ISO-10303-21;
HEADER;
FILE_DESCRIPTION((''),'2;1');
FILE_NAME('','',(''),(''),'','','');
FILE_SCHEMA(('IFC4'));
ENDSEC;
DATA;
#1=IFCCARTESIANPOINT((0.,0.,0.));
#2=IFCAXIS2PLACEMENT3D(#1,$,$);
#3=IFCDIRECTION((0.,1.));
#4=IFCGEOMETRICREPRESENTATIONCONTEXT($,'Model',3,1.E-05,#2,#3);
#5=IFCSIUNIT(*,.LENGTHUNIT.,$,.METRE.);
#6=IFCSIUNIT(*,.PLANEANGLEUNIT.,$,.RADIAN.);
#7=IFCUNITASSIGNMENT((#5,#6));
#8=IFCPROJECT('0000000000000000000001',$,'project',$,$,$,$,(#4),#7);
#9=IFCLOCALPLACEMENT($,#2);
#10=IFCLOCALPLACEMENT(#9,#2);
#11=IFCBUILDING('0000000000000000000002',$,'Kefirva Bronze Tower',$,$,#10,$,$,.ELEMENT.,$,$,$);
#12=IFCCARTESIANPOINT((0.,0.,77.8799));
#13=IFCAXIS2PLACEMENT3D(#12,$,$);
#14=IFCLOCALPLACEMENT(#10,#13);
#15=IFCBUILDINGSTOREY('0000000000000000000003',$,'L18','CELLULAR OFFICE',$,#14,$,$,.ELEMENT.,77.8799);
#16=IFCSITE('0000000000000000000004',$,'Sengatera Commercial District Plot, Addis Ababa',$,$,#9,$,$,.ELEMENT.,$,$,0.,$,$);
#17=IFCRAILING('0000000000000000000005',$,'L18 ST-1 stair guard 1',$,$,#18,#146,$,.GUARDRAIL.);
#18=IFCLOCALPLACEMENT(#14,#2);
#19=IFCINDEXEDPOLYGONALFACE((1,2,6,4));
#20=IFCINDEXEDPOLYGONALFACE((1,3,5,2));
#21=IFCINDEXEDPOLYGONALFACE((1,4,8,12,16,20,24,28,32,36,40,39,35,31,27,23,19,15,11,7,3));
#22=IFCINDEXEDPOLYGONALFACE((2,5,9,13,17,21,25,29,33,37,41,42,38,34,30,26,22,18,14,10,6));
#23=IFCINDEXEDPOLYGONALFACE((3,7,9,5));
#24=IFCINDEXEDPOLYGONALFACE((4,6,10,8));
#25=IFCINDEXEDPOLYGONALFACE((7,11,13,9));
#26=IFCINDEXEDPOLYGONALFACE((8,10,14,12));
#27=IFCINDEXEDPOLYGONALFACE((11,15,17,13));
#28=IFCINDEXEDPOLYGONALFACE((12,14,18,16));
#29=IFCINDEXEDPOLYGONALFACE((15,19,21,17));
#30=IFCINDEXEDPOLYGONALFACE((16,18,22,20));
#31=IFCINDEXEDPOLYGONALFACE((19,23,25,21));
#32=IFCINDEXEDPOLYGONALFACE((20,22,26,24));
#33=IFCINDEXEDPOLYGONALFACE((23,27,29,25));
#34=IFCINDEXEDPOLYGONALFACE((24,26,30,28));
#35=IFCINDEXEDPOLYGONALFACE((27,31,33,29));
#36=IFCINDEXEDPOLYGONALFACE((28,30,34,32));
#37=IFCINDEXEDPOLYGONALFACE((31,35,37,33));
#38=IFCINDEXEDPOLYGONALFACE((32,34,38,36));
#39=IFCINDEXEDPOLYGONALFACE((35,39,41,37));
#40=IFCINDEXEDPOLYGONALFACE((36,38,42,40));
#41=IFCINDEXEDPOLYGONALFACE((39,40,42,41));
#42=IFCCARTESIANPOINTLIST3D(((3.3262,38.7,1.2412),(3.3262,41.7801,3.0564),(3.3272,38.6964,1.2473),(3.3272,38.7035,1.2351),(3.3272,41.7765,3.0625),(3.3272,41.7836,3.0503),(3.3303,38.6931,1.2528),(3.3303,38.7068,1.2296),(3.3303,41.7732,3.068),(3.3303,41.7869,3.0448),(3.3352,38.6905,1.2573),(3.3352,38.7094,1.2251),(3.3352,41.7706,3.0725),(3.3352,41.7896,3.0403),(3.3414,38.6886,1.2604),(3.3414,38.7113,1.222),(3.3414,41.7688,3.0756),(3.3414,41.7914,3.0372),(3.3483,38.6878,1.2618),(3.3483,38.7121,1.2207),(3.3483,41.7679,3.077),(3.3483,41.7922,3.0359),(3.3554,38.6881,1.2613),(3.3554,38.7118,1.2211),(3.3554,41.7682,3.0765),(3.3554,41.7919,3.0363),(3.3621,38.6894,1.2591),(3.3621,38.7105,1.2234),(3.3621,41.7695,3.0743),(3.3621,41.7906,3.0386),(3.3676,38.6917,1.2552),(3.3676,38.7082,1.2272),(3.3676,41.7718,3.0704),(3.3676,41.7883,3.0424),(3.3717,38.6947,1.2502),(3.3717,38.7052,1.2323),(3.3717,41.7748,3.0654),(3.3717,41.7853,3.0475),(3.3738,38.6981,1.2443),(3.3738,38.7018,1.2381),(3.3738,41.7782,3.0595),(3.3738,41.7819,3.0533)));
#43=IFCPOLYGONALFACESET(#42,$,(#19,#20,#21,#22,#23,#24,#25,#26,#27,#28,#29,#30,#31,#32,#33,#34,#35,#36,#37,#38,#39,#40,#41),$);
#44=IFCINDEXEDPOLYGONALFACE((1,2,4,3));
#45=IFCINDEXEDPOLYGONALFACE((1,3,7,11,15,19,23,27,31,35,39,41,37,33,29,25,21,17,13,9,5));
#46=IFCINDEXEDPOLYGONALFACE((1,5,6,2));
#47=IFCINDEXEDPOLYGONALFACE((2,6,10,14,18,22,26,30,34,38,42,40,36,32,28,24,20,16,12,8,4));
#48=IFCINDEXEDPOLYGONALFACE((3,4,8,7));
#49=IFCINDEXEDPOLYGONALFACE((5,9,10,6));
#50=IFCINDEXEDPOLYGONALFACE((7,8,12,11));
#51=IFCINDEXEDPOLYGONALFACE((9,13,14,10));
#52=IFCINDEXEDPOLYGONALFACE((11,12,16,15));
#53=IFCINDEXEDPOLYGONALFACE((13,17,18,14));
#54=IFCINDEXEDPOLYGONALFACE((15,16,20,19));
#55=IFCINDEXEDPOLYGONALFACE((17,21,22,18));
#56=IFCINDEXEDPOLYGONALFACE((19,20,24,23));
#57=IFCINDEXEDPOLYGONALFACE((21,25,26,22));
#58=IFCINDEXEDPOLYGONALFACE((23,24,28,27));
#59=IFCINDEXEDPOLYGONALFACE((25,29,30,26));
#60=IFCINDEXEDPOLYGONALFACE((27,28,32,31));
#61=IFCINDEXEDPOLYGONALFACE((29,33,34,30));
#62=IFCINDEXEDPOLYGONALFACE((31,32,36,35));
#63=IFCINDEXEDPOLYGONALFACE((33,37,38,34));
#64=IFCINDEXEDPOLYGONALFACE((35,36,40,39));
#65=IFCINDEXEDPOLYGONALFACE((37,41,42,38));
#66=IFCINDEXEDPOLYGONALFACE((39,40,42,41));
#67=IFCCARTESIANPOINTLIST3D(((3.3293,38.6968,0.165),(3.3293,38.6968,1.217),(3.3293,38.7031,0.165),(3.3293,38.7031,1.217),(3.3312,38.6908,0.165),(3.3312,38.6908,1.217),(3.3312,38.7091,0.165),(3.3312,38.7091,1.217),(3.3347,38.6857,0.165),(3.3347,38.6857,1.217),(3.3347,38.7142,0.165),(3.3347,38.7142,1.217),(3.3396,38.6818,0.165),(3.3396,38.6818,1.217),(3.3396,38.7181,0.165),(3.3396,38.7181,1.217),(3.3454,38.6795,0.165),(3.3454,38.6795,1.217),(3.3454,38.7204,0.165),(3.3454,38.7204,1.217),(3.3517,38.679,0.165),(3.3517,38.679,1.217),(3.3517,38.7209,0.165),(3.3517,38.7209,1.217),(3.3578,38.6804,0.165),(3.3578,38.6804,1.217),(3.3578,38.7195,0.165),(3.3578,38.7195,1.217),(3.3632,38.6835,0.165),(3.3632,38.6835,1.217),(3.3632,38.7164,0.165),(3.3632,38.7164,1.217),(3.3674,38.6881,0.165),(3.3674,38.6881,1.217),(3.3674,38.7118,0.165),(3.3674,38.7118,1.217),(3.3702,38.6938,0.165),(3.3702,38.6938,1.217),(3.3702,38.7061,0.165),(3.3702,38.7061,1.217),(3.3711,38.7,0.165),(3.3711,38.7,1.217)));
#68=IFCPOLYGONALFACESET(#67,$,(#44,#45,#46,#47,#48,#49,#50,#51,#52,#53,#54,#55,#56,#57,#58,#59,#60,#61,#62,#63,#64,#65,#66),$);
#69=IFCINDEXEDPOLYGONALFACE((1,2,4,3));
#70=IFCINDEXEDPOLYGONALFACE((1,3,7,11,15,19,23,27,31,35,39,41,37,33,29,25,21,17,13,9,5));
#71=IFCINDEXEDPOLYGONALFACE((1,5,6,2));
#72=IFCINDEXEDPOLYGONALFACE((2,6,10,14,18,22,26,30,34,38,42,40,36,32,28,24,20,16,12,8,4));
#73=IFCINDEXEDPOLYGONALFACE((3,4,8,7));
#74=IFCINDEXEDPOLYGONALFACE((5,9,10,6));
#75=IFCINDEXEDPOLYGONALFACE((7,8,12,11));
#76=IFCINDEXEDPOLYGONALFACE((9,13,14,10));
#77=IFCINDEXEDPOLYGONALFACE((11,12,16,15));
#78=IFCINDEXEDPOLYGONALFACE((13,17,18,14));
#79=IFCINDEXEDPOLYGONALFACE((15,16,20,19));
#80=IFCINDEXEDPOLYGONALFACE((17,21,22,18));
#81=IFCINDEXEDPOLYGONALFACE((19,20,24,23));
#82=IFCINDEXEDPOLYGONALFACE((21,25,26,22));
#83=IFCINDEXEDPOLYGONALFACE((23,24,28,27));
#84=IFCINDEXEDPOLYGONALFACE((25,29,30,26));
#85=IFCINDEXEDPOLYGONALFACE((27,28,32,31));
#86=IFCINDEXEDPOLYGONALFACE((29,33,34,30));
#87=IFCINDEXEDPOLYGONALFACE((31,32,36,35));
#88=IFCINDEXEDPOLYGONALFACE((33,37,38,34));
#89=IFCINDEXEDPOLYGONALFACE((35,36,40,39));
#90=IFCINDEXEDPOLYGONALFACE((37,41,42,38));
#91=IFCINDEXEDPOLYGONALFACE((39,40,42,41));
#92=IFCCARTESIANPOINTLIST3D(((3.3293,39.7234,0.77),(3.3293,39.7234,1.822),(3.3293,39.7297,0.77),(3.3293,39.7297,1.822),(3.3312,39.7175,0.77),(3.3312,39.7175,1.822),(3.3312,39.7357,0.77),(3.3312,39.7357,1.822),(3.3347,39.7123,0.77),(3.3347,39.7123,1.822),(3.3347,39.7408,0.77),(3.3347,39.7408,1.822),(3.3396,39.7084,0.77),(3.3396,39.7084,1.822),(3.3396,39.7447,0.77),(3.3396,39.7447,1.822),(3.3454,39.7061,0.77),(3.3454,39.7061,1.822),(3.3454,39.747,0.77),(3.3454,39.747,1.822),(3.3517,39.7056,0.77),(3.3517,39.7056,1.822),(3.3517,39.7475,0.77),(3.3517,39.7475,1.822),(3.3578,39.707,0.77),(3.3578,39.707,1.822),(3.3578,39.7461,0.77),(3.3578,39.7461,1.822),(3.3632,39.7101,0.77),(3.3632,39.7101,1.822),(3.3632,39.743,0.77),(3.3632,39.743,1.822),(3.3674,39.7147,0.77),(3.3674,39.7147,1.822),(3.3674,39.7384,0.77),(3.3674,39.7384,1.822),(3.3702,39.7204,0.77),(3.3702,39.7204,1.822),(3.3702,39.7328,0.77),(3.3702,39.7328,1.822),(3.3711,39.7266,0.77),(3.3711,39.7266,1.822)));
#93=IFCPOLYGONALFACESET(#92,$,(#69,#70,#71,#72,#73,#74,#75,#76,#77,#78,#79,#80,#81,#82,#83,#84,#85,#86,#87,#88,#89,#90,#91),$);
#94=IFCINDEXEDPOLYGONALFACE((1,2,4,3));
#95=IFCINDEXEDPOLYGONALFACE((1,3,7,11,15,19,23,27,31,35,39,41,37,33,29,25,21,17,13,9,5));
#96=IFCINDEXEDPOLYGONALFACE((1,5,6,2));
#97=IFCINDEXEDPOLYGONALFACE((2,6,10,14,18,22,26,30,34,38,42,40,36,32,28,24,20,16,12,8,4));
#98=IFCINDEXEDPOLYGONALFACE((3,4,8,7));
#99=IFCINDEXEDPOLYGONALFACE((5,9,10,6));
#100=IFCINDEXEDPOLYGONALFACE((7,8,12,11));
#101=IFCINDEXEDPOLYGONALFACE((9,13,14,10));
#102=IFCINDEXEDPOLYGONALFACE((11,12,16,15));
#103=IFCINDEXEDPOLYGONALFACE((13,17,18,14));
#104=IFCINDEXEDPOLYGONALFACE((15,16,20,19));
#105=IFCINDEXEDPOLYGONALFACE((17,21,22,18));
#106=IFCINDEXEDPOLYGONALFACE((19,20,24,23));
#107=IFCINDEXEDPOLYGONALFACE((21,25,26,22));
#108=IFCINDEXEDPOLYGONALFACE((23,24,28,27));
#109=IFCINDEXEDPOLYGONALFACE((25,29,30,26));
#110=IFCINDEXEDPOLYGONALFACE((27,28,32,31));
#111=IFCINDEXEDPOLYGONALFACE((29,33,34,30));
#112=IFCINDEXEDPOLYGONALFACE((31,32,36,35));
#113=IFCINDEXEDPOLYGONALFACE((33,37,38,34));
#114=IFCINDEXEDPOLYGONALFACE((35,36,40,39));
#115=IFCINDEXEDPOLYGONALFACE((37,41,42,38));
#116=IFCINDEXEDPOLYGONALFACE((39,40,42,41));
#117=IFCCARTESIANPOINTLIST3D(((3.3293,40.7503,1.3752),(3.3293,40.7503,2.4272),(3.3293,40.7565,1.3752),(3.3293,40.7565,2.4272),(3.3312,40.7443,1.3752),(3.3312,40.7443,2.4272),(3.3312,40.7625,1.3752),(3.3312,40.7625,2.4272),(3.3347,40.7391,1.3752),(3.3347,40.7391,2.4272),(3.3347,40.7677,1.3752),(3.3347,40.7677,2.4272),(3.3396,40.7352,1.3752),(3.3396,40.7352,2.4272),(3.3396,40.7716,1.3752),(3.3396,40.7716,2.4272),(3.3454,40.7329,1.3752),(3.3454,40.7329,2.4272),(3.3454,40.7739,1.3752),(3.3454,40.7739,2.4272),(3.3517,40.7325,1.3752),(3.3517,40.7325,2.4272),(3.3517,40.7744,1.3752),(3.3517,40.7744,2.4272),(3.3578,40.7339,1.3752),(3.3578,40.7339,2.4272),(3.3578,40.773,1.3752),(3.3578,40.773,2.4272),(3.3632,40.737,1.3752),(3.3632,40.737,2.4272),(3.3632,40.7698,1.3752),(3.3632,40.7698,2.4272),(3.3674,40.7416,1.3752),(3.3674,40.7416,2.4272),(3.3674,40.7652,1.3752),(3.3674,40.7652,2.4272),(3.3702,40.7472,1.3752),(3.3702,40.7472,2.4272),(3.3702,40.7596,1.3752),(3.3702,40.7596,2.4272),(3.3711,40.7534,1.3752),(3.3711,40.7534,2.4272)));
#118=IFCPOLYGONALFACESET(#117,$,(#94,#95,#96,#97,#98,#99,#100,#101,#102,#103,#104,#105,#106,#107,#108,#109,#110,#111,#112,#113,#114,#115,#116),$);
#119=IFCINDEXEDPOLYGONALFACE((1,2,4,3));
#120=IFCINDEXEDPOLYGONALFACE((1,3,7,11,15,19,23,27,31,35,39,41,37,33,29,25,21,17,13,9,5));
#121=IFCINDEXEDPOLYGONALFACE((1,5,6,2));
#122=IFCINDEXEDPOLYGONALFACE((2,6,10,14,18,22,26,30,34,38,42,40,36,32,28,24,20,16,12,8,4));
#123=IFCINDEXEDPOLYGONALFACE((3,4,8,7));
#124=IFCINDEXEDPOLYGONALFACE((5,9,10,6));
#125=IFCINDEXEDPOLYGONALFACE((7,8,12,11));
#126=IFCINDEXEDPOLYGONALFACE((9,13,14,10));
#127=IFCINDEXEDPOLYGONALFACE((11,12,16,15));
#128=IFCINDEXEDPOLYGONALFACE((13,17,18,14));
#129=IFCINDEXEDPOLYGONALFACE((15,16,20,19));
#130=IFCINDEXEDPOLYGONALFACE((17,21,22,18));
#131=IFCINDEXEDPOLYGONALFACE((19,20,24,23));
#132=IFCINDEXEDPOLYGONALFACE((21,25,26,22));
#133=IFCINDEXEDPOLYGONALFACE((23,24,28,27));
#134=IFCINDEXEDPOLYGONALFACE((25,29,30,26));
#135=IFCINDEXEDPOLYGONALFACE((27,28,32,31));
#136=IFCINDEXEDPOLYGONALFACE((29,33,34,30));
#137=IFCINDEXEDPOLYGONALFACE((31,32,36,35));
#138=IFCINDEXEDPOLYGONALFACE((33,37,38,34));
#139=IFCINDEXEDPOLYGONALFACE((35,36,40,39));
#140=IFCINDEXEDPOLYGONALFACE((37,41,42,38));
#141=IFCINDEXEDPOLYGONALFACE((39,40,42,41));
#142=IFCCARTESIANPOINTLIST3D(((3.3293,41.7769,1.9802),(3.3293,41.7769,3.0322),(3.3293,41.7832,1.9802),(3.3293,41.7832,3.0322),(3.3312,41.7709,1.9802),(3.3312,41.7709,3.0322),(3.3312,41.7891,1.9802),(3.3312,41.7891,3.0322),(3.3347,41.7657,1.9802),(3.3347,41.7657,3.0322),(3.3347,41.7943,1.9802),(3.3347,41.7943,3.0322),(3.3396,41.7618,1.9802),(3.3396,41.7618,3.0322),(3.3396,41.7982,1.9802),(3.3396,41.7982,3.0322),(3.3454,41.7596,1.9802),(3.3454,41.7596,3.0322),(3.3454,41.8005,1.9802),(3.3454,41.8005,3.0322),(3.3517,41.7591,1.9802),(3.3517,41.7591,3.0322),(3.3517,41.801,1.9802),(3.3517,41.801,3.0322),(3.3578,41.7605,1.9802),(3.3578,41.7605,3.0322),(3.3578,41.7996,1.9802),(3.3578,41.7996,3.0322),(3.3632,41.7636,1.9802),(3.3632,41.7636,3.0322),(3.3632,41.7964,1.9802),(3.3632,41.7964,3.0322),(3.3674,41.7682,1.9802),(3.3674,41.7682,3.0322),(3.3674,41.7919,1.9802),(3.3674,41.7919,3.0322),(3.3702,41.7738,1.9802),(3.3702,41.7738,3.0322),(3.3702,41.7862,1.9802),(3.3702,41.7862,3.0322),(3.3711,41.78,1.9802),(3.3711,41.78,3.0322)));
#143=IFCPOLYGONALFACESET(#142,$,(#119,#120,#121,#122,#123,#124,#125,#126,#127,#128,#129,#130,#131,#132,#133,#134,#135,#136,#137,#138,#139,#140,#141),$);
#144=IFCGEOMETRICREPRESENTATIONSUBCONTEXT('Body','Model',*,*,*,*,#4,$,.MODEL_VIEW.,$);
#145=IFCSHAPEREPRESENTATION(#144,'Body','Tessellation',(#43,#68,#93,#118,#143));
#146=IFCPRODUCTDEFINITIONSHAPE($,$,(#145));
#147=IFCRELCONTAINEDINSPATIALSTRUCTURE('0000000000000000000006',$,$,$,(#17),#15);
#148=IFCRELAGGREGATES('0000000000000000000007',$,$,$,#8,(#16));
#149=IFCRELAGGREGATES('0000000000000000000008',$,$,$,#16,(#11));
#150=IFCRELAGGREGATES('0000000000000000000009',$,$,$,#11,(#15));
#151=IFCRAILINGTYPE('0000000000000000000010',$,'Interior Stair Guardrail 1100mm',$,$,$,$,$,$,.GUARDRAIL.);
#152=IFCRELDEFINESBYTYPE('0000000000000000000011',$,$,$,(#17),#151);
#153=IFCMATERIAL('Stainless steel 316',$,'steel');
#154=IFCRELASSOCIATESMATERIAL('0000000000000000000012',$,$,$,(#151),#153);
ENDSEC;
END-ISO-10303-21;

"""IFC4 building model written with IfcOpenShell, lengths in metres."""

from ifc_helpers import new_model, si_unit, direction, frame, origin, origin_2d, place, context, subcontext, project, spatial, circle, extrude, material, type_object, element, save


model = new_model("IFC4")

# Units and contexts
model_context = context("Model", 3, precision=1e-05, world=origin(), true_north=direction((0.0, 1.0)))
body_context = subcontext(model_context, "Body", "Model", "MODEL_VIEW")
ifc_project = project(units=[si_unit("LENGTHUNIT", "METRE"), si_unit("PLANEANGLEUNIT", "RADIAN")], contexts=[model_context])

# Site, building, storey
site_placement = place(None, origin())
site = spatial("IfcSite", under=ifc_project, at=site_placement, Name="Sengatera Commercial District Plot, Addis Ababa", CompositionType="ELEMENT", RefElevation=0.0)
building_placement = place(site_placement, origin())
building = spatial("IfcBuilding", under=site, at=building_placement, Name="Kefirva Bronze Tower", CompositionType="ELEMENT")
storey_placement = place(building_placement, frame((0.0, 0.0, 77.8799)))
storey = spatial("IfcBuildingStorey", under=building, at=storey_placement, Name="L18", Description="CELLULAR OFFICE", CompositionType="ELEMENT", Elevation=77.8799)

# Railing
ifc_material_1 = material(Name="Stainless steel 316", Category="steel")
railing_type_1 = type_object("IfcRailingType", Name="Interior Stair Guardrail 1100mm", PredefinedType="GUARDRAIL", material=ifc_material_1)
railing_1_placement = place(storey_placement, frame((3.3501, 38.7, 0.165)))
element("IfcRailing", 1, at=railing_1_placement, inside=storey, type_object=railing_type_1, Name="L18 ST-1 stair guard 1", PredefinedType="GUARDRAIL", context=body_context, shape_type="SweptSolid", body=[
    extrude(circle(Radius=0.0239, at=origin_2d()), frame((0.0, 0.0, 1.0762), z_axis=(0.0, 0.861521, 0.507721), x_axis=(-1.0, 0.0, 0.0)), (0.0, 0.0, 1.0), 3.5752),
    extrude(circle(Radius=0.021, at=origin_2d()), origin(), (0.0, 0.0, 1.0), 1.052),
    extrude(circle(Radius=0.021, at=origin_2d()), frame((0.0, 1.0266, 0.605)), (0.0, 0.0, 1.0), 1.052),
    extrude(circle(Radius=0.021, at=origin_2d()), frame((0.0, 2.0535, 1.2102)), (0.0, 0.0, 1.0), 1.052),
    extrude(circle(Radius=0.021, at=origin_2d()), frame((0.0, 3.0801, 1.8152)), (0.0, 0.0, 1.0), 1.052),
])

save(model, "model.ifc")
